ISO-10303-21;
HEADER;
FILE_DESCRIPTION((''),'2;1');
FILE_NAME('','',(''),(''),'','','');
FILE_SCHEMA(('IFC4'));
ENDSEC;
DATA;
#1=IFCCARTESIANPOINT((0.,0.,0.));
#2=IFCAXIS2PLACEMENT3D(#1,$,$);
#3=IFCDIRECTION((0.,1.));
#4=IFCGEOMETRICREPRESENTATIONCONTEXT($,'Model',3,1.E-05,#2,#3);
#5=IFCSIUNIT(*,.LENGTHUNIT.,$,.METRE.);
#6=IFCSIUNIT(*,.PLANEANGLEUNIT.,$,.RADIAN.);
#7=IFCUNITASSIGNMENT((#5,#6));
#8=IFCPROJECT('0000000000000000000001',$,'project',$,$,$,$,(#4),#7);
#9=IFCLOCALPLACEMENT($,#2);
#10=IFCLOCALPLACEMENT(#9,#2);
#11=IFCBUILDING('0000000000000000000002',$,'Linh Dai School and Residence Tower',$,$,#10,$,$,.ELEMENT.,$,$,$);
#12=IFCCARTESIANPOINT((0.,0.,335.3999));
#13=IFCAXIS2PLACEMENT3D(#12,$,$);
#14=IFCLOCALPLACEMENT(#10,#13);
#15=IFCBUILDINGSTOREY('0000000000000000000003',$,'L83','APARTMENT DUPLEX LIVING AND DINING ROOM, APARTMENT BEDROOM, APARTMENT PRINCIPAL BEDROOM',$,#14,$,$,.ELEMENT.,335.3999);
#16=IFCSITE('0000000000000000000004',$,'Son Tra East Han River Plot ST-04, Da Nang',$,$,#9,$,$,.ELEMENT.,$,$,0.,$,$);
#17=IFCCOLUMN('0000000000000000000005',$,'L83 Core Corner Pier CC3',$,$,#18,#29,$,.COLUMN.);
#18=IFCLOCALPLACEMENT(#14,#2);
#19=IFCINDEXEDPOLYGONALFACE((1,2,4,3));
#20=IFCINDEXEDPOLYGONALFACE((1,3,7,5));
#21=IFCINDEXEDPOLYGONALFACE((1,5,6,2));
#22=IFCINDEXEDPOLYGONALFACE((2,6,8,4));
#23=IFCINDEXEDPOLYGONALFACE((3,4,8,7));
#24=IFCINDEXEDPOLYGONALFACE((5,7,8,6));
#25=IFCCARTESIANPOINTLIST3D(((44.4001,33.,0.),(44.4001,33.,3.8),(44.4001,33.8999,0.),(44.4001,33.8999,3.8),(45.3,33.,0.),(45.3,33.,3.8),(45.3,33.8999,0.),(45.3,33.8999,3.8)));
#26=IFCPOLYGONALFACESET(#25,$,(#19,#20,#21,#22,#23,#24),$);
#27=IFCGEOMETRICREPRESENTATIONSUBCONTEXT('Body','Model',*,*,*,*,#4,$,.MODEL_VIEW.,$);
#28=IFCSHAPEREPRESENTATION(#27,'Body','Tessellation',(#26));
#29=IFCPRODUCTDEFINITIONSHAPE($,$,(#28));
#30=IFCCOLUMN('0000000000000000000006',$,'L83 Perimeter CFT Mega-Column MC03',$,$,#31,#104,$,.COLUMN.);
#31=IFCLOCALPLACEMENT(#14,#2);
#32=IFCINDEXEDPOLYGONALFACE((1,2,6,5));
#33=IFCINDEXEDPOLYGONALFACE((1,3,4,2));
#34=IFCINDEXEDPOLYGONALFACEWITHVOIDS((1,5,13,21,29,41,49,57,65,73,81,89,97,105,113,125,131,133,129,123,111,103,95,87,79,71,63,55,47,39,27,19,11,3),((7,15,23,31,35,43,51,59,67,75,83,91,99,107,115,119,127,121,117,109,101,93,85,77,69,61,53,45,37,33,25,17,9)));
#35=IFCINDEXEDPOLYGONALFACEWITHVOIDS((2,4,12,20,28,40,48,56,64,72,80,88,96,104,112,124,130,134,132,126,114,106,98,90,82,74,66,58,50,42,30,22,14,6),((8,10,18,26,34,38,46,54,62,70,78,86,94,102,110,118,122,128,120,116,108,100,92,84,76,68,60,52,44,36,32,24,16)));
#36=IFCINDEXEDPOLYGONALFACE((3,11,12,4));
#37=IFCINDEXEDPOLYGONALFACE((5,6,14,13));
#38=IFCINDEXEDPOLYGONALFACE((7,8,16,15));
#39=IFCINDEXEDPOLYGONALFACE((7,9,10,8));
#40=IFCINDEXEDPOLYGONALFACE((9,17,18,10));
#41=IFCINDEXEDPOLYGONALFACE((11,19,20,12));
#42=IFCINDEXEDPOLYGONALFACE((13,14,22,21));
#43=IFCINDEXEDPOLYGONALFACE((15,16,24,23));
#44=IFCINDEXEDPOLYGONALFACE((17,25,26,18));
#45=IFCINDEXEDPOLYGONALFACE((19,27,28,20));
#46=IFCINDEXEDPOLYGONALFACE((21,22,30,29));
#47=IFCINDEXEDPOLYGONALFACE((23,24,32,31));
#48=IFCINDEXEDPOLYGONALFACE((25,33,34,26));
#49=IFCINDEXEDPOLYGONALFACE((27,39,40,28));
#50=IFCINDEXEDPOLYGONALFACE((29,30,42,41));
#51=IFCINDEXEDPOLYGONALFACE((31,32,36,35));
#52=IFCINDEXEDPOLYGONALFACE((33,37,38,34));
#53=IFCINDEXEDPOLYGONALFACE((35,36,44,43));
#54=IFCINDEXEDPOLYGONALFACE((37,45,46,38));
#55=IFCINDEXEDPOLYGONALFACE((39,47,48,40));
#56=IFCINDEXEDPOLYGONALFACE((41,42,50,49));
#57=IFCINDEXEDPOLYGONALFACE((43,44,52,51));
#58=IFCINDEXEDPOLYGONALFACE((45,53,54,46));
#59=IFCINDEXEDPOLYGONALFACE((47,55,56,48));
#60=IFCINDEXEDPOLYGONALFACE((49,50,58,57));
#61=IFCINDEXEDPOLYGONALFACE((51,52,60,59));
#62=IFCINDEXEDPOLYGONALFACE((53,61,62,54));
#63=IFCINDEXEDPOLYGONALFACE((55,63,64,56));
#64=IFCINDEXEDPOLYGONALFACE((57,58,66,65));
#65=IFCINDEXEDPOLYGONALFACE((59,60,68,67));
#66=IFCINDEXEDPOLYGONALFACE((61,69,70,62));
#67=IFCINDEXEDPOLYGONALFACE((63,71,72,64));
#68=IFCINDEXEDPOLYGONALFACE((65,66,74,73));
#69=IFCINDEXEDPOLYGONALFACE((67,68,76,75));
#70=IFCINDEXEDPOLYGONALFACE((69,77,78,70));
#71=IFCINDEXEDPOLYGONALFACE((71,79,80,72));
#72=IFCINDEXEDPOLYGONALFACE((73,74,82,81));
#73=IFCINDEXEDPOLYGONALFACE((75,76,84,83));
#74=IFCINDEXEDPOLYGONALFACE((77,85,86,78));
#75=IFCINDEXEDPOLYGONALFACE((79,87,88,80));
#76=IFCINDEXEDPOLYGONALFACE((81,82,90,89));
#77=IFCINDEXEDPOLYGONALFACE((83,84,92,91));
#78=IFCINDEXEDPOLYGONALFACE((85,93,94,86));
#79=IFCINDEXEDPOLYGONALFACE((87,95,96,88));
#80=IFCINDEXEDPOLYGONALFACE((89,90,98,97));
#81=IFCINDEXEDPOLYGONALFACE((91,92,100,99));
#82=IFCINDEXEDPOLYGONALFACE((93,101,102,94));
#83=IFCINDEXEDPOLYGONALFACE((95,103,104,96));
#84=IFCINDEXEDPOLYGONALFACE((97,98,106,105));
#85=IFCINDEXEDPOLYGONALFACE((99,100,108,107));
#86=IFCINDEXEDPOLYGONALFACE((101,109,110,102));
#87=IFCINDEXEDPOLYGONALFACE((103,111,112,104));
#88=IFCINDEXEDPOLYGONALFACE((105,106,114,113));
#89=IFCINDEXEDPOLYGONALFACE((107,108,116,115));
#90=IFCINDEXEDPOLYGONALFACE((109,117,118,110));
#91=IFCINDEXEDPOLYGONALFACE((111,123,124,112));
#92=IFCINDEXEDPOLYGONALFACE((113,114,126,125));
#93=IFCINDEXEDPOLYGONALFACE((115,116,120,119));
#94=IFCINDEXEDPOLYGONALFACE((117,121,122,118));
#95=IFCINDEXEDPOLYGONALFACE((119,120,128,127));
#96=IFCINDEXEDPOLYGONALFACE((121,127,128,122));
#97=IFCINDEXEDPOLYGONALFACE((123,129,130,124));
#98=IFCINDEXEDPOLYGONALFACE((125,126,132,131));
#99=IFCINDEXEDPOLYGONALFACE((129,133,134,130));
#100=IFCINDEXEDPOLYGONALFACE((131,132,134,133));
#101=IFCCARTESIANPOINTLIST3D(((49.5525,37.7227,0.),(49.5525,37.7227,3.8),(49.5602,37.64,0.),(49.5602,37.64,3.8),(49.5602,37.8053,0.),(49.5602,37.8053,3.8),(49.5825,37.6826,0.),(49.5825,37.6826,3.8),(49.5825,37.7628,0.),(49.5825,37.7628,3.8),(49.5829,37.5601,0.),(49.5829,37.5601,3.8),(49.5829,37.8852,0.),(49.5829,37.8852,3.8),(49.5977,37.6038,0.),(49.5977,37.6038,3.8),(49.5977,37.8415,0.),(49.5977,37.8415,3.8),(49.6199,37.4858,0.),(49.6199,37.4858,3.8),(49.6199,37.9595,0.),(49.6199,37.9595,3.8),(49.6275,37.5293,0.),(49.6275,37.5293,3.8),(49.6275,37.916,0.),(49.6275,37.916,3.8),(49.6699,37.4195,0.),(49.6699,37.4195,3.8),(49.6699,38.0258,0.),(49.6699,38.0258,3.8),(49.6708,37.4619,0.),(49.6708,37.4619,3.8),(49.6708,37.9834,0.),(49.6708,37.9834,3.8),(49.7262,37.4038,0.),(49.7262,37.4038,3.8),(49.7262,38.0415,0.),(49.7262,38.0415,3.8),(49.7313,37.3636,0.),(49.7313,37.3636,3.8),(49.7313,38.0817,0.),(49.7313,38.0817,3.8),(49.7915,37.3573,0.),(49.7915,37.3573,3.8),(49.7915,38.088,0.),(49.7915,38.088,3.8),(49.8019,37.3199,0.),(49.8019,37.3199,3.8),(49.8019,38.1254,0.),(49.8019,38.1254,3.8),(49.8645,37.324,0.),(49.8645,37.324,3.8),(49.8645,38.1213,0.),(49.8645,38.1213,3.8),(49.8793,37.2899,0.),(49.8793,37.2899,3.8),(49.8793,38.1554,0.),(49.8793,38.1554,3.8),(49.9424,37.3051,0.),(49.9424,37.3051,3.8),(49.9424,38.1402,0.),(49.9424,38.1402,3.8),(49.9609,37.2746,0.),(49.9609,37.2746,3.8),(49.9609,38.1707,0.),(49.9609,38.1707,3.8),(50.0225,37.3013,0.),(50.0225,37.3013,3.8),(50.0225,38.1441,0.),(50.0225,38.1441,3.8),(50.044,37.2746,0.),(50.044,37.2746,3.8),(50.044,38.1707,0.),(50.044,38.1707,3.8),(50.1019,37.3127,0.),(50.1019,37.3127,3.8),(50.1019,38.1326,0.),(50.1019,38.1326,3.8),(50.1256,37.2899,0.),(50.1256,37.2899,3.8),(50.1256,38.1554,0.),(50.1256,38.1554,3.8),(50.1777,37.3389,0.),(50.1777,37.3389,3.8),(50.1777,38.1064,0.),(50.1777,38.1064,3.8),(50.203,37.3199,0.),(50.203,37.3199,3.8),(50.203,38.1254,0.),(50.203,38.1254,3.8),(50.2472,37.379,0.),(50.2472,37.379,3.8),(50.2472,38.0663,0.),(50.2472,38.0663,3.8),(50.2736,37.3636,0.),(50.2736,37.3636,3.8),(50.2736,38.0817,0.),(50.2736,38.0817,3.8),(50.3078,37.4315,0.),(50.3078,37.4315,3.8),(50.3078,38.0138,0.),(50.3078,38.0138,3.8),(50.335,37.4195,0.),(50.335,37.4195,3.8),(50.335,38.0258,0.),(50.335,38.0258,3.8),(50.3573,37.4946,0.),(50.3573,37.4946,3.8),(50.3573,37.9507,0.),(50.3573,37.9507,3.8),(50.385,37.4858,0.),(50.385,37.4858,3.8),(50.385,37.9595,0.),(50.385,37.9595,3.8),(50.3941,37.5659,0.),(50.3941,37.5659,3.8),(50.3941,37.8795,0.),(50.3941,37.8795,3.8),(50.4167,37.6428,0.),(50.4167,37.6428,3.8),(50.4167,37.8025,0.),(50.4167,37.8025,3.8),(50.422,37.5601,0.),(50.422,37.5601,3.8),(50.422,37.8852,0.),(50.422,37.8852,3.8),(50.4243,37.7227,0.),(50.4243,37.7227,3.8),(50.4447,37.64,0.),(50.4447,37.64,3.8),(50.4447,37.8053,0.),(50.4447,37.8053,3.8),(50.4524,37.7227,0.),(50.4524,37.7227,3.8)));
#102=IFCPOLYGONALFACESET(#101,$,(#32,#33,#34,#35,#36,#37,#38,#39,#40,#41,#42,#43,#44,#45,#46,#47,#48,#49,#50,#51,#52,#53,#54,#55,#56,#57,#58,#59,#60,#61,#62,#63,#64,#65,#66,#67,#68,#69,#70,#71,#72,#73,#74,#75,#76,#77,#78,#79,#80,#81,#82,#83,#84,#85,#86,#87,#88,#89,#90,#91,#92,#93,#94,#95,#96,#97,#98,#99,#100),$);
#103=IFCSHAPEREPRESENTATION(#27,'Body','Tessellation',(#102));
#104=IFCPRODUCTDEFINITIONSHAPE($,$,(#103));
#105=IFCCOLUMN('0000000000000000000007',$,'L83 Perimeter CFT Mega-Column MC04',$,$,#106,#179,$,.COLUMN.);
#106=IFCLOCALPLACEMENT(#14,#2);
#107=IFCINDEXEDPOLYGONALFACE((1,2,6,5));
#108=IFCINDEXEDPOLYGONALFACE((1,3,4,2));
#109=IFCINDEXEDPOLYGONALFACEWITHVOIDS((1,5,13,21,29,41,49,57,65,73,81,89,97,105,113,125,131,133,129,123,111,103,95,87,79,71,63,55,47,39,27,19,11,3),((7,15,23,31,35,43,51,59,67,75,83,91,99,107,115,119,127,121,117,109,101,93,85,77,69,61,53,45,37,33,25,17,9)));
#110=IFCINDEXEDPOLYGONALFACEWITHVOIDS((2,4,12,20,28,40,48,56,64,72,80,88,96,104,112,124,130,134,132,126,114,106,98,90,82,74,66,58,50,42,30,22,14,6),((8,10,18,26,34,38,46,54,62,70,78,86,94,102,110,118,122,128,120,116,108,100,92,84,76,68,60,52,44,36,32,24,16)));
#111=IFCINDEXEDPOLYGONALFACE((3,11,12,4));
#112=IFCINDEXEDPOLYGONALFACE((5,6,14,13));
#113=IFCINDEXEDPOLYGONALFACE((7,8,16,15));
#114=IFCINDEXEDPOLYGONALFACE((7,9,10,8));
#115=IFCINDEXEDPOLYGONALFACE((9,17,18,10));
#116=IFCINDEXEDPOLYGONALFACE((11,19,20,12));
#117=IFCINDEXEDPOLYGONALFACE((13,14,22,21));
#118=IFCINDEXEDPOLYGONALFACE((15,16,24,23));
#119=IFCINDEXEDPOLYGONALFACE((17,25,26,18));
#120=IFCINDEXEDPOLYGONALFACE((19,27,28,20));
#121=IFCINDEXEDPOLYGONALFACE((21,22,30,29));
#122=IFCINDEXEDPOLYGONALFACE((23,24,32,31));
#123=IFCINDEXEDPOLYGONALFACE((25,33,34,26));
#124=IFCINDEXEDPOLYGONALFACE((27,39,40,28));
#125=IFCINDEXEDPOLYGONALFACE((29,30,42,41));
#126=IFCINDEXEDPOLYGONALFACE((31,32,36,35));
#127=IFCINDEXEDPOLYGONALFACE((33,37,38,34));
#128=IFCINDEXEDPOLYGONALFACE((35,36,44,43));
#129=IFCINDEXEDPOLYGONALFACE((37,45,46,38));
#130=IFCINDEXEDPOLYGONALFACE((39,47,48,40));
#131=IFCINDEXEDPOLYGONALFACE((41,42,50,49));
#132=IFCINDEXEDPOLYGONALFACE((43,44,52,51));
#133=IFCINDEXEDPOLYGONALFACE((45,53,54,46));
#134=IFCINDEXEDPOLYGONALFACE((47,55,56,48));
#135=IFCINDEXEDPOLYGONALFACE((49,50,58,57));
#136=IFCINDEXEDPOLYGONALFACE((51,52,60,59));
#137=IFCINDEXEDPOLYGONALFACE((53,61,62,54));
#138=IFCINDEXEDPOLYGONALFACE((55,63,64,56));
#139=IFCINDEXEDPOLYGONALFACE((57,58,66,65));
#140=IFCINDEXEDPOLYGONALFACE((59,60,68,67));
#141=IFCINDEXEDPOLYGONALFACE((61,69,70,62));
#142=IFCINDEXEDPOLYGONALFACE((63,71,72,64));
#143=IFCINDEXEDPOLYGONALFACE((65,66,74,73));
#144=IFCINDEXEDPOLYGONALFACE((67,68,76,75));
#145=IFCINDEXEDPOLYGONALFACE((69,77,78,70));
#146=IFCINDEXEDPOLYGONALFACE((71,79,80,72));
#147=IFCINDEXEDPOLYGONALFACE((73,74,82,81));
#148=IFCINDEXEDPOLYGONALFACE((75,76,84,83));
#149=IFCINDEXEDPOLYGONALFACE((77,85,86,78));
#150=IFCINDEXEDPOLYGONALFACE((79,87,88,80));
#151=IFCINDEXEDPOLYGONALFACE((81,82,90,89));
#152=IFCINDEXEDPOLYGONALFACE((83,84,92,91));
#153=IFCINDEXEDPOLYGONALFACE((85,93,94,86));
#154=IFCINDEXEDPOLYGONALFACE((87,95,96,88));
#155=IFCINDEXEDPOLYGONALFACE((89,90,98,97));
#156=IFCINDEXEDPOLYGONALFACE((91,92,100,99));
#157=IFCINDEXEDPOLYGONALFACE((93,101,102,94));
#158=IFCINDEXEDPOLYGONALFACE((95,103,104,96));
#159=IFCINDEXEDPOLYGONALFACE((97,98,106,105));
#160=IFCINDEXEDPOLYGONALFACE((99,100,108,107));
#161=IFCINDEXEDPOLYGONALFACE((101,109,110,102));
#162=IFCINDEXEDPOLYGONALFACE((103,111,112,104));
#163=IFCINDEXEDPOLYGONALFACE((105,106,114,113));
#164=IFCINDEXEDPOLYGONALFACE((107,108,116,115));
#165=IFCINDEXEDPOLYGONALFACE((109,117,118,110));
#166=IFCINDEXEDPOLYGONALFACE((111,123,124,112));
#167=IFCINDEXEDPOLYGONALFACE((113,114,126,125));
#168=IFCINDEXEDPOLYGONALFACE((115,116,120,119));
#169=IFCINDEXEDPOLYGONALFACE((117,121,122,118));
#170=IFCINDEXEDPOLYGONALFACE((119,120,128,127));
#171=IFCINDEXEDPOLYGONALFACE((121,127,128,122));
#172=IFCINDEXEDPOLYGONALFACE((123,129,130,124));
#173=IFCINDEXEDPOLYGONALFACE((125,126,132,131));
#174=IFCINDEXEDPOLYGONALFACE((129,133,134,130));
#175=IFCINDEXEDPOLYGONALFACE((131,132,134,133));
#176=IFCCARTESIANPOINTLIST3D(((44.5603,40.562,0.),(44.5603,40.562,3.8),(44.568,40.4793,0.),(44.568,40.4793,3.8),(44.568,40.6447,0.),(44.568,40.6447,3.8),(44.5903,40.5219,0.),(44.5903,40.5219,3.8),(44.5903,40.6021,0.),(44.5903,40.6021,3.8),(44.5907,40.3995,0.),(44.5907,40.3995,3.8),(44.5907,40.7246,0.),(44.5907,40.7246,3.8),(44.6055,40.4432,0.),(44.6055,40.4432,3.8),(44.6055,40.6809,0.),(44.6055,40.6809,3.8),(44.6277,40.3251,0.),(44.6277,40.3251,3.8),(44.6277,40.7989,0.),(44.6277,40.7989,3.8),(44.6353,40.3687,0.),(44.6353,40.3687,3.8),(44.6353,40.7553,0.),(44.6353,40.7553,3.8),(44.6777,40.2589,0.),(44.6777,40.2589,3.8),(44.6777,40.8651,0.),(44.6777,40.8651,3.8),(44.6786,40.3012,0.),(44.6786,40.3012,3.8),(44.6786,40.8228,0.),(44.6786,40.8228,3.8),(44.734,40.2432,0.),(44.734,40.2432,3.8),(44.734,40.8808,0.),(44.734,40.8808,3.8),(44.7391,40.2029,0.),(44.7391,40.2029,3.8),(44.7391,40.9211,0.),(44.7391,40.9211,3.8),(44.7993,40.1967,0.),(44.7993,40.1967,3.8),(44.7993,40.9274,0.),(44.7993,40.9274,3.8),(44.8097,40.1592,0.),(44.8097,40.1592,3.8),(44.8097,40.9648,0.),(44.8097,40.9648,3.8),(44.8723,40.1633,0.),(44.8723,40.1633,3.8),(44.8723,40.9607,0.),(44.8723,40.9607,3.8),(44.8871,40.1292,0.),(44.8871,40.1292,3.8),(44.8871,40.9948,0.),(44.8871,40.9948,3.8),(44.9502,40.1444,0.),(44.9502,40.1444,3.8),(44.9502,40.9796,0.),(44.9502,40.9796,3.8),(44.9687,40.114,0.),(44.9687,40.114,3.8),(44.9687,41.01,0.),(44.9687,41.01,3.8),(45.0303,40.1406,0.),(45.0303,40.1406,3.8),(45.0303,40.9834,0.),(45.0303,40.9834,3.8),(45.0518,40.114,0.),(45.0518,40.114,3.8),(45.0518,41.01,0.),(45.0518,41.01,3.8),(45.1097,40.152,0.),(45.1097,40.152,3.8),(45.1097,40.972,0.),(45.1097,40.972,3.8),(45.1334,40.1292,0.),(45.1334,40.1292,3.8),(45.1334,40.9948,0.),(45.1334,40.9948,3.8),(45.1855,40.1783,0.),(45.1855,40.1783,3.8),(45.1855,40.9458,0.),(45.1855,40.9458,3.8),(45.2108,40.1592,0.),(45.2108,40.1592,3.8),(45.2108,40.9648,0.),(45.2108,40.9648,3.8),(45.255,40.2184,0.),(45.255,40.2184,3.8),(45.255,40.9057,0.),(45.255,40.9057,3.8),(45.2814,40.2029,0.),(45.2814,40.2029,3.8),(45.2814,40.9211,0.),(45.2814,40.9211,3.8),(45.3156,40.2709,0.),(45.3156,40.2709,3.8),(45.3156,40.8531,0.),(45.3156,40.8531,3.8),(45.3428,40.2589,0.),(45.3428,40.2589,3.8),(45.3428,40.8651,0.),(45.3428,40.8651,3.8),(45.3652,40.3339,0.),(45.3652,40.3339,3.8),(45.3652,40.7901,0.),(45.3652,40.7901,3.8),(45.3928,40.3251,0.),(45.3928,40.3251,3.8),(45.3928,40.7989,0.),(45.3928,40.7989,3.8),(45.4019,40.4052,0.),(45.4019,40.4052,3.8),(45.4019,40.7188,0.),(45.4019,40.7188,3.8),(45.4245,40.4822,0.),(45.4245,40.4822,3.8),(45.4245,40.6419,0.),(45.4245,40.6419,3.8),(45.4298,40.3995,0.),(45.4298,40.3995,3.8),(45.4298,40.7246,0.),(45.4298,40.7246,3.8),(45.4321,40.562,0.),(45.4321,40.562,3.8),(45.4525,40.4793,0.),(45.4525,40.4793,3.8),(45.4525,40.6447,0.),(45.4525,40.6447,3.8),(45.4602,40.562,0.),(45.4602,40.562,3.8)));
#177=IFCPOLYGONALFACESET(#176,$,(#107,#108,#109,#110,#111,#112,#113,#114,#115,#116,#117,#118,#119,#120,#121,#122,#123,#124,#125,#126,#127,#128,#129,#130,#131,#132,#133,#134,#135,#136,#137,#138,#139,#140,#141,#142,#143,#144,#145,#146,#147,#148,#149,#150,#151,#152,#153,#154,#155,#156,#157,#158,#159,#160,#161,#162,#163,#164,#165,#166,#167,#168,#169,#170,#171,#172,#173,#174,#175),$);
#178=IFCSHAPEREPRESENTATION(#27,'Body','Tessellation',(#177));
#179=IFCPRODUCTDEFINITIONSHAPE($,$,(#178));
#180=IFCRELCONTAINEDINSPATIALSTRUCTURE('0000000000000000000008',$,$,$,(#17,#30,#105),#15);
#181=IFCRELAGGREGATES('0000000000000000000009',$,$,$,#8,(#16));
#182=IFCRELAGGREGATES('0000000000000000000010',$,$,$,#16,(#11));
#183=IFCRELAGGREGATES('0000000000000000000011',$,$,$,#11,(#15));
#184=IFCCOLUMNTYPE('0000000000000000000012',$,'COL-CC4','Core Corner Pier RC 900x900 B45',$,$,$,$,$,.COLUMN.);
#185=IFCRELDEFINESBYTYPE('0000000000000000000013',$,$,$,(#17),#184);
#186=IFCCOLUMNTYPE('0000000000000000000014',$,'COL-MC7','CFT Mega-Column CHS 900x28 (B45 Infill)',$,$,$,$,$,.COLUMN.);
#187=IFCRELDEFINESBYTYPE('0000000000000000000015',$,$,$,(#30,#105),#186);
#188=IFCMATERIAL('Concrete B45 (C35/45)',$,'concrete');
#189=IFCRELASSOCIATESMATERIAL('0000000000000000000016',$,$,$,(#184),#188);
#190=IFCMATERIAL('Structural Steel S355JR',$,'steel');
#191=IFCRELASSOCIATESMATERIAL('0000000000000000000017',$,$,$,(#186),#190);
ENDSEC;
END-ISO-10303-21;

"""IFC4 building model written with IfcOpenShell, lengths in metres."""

from ifc_helpers import new_model, si_unit, direction, frame, origin, origin_2d, place, context, subcontext, project, spatial, rectangle, hollow_circle, extrude, material, material_profile, profile_set, type_object, element, save


model = new_model("IFC4")

# Units and contexts
model_context = context("Model", 3, precision=1e-05, world=origin(), true_north=direction((0.0, 1.0)))
body_context = subcontext(model_context, "Body", "Model", "MODEL_VIEW")
ifc_project = project(units=[si_unit("LENGTHUNIT", "METRE"), si_unit("PLANEANGLEUNIT", "RADIAN")], contexts=[model_context])

# Site, building, storey
site_placement = place(None, origin())
site = spatial("IfcSite", under=ifc_project, at=site_placement, Name="Son Tra East Han River Plot ST-04, Da Nang", CompositionType="ELEMENT", RefElevation=0.0)
building_placement = place(site_placement, origin())
building = spatial("IfcBuilding", under=site, at=building_placement, Name="Linh Dai School and Residence Tower", CompositionType="ELEMENT")
storey_placement = place(building_placement, frame((0.0, 0.0, 335.3999)))
storey = spatial("IfcBuildingStorey", under=building, at=storey_placement, Name="L83", Description="APARTMENT DUPLEX LIVING AND DINING ROOM, APARTMENT BEDROOM, APARTMENT PRINCIPAL BEDROOM", CompositionType="ELEMENT", Elevation=335.3999)

# Columns
ifc_material_1 = material(Name="Concrete B45 (C35/45)", Category="concrete")
ifc_material_profile_1 = material_profile(ifc_material_1, rectangle(XDim=0.8999, YDim=0.8999, at=origin_2d()), Name="RC 900x900")
ifc_profile_set_1 = profile_set([ifc_material_profile_1], Name="Concrete B45 (C35/45)")
column_type_1 = type_object("IfcColumnType", Name="COL-CC4", Description="Core Corner Pier RC 900x900 B45", PredefinedType="COLUMN", material=ifc_profile_set_1)
column_placement = place(storey_placement, frame((44.8501, 33.45, 0.0), z_axis=(0.0, 0.0, 1.0), x_axis=(1.0, 0.0, 0.0)))
element("IfcColumn", 1, at=column_placement, inside=storey, type_object=column_type_1, Name="L83 Core Corner Pier CC3", PredefinedType="COLUMN", context=body_context, shape_type="SweptSolid", body=[
    extrude(rectangle(XDim=0.8999, YDim=0.8999, at=origin_2d()), origin(), (0.0, 0.0, 1.0), 3.8),
])
ifc_material_2 = material(Name="Structural Steel S355JR", Category="steel")
ifc_material_profile_2 = material_profile(ifc_material_2, hollow_circle(Radius=0.45, WallThickness=0.0281, at=origin_2d()), Name="CHS 900x28")
ifc_profile_set_2 = profile_set([ifc_material_profile_2], Name="Structural Steel S355JR")
column_type_2 = type_object("IfcColumnType", Name="COL-MC7", Description="CFT Mega-Column CHS 900x28 (B45 Infill)", PredefinedType="COLUMN", material=ifc_profile_set_2)
for number, where, z_axis, x_axis, name in (
    (2, (50.0024, 37.7227, 0.0), (0.0, 0.0, 1.0), (1.0, 0.0, 0.0), "L83 Perimeter CFT Mega-Column MC03"),
    (3, (45.0103, 40.562, 0.0), (0.0, 0.0, 1.0), (1.0, 0.0, 0.0), "L83 Perimeter CFT Mega-Column MC04"),
):
    element("IfcColumn", number, at=place(storey_placement, frame(where, z_axis=z_axis, x_axis=x_axis)), inside=storey, type_object=column_type_2, Name=name, PredefinedType="COLUMN", context=body_context, shape_type="SweptSolid", body=[
        extrude(hollow_circle(Radius=0.45, WallThickness=0.0281, at=origin_2d()), origin(), (0.0, 0.0, 1.0), 3.8),
    ])

save(model, "model.ifc")
